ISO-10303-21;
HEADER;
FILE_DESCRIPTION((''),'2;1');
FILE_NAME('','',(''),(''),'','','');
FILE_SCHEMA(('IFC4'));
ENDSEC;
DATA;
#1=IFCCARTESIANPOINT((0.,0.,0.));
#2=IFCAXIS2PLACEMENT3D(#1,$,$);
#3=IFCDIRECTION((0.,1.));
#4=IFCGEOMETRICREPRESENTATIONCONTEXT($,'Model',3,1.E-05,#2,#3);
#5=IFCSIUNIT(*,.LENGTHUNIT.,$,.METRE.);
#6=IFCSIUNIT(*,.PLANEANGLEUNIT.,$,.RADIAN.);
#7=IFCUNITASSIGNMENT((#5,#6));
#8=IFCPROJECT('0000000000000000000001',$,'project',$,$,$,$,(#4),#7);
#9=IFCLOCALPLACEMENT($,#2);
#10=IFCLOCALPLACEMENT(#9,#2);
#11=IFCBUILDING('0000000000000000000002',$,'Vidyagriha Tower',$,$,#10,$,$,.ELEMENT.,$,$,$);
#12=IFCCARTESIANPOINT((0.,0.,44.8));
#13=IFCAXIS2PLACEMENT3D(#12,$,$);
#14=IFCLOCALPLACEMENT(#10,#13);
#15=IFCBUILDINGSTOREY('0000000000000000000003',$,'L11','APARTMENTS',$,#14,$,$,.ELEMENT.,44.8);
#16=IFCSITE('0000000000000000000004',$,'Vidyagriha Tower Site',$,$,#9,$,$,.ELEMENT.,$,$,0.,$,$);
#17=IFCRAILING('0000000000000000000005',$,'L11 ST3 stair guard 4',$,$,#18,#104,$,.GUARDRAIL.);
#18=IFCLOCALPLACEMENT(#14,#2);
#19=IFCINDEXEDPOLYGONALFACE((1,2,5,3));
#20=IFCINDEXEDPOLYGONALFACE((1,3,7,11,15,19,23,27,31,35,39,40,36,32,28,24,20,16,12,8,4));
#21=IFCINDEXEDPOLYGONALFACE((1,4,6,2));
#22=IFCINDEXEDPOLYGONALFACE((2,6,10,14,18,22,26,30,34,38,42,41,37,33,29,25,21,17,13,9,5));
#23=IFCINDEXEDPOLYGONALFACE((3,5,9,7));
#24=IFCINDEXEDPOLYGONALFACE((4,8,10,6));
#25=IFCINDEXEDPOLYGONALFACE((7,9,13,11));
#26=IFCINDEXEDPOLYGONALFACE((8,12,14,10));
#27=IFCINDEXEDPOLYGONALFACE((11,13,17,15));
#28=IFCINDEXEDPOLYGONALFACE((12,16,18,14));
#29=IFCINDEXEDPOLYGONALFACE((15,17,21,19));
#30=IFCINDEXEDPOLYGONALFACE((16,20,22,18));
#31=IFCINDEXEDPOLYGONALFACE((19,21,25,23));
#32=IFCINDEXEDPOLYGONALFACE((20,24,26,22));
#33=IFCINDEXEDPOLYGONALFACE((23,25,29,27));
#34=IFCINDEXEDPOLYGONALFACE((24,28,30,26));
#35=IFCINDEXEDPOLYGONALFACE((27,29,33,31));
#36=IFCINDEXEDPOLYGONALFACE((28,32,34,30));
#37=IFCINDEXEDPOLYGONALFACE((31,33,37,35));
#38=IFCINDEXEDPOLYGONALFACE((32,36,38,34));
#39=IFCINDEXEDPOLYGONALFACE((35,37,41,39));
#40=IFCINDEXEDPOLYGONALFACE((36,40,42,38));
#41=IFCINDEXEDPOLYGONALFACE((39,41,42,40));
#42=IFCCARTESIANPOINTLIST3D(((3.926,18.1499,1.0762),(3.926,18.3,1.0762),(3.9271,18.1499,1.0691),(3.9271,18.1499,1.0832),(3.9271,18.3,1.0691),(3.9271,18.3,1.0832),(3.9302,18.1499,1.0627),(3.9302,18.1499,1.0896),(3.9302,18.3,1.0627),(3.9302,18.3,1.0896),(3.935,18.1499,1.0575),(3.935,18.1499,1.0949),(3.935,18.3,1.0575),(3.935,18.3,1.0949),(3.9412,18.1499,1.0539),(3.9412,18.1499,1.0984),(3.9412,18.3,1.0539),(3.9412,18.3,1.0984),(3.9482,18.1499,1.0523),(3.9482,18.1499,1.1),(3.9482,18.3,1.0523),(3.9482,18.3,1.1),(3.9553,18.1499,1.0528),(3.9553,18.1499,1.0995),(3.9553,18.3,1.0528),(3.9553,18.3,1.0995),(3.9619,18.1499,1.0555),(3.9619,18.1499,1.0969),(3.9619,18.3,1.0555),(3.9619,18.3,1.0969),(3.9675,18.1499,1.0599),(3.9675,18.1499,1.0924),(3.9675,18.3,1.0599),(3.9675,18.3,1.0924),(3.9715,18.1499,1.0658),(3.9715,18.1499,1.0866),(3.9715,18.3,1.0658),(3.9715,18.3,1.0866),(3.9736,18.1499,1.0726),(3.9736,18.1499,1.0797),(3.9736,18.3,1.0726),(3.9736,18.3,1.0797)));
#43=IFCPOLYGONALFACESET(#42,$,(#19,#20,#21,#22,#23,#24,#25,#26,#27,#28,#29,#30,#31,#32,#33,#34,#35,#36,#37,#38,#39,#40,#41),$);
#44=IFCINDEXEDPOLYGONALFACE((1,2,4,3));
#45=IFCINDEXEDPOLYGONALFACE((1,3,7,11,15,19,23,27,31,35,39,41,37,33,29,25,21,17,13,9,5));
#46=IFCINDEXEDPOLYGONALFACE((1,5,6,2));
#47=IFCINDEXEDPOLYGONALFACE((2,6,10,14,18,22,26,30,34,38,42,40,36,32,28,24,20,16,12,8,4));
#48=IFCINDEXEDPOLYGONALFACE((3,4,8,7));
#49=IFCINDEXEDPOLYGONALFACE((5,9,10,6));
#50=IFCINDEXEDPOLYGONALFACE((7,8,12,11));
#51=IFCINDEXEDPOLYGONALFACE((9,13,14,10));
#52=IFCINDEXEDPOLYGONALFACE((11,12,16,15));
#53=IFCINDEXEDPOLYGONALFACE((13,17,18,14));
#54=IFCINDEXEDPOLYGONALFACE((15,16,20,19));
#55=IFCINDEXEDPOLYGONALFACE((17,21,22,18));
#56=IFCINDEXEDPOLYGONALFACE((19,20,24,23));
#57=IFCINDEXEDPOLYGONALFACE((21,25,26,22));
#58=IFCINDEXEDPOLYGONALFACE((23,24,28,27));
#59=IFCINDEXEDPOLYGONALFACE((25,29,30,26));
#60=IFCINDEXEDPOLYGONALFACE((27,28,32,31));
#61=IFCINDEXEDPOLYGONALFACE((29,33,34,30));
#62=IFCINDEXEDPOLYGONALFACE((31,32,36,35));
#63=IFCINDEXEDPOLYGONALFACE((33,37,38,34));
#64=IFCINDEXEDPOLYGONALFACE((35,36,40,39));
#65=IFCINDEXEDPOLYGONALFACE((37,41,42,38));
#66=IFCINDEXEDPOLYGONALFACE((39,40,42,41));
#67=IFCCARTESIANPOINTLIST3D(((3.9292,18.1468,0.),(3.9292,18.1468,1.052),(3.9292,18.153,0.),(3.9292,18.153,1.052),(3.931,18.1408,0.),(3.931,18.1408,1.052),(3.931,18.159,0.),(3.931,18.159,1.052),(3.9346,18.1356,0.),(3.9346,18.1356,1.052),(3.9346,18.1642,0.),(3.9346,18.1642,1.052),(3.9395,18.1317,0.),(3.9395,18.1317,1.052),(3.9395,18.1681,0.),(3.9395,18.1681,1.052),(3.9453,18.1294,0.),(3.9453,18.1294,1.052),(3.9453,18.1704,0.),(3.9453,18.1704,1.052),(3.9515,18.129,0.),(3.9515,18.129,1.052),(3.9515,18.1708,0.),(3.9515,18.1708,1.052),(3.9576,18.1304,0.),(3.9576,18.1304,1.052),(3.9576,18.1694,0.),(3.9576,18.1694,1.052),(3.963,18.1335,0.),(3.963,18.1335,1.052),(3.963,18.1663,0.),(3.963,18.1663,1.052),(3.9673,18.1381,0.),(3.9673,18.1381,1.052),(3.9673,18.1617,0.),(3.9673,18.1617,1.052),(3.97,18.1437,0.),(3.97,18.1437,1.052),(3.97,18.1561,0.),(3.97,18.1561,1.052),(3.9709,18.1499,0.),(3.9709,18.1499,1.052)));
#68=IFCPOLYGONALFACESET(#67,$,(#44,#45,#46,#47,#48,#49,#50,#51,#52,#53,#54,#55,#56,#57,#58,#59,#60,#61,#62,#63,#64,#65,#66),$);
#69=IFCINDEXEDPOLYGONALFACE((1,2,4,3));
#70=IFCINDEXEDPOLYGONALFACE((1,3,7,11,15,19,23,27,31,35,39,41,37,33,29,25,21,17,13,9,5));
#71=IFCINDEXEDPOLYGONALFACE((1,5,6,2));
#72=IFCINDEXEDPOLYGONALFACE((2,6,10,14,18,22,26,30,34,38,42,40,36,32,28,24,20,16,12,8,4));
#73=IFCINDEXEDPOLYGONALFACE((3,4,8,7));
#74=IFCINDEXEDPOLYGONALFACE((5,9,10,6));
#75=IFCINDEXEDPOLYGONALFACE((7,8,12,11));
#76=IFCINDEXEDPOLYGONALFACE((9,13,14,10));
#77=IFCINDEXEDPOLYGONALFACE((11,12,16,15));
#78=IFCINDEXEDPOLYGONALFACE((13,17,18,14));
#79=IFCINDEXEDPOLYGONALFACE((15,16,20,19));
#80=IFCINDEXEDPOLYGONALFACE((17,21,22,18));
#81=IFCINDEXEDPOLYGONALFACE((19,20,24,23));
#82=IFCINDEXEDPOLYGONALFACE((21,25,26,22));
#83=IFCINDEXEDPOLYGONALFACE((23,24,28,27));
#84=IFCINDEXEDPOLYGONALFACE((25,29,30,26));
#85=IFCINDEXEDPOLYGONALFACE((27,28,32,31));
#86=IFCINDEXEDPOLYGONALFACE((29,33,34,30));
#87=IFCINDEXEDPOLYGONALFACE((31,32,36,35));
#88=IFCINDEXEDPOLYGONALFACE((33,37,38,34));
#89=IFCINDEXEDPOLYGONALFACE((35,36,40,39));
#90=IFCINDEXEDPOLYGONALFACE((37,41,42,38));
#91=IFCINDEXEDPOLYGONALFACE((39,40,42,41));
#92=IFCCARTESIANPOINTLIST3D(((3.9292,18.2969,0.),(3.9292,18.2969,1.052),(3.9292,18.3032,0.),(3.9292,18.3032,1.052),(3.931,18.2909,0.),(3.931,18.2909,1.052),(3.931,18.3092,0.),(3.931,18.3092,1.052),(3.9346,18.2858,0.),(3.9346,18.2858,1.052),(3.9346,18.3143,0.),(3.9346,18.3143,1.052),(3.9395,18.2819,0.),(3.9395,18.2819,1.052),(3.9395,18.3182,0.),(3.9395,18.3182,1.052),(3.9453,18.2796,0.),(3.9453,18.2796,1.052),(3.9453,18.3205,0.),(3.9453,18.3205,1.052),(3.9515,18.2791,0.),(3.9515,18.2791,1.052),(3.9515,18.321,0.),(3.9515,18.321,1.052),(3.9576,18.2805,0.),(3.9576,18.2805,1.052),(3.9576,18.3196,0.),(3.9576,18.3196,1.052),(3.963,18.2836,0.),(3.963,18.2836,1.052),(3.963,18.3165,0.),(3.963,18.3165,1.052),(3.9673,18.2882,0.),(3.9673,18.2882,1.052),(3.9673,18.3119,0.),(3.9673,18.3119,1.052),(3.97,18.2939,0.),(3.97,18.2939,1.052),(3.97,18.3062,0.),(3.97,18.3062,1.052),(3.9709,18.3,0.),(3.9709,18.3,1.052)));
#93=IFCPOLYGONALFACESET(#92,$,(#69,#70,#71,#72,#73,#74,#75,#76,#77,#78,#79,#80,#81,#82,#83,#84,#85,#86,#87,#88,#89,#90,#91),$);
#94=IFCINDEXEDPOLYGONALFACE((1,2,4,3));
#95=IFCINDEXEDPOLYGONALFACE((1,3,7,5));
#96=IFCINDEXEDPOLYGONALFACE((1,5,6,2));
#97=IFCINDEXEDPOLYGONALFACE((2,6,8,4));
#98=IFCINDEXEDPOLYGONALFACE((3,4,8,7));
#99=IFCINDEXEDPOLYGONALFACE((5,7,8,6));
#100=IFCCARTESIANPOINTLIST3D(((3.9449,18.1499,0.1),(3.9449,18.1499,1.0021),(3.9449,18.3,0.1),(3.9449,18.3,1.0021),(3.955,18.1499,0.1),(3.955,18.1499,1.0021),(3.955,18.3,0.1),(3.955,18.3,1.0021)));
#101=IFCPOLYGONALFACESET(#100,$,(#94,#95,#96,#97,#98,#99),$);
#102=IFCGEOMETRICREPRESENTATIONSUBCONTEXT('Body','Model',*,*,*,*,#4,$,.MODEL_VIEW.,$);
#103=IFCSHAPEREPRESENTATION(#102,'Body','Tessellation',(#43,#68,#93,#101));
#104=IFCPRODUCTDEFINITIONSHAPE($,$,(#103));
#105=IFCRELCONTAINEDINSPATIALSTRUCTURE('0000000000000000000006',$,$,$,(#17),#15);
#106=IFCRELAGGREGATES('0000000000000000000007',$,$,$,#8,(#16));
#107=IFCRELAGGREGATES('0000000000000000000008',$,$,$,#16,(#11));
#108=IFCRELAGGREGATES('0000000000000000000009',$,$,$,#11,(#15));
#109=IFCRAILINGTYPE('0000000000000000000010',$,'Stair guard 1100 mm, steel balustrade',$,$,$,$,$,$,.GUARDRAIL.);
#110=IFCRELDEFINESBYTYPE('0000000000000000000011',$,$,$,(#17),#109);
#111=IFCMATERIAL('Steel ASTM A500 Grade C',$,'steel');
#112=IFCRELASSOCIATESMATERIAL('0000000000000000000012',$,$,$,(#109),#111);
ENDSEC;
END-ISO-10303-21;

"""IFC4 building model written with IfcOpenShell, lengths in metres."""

from ifc_helpers import new_model, si_unit, direction, frame, origin, origin_2d, place, context, subcontext, project, spatial, rectangle, circle, extrude, material, type_object, element, save


model = new_model("IFC4")

# Units and contexts
model_context = context("Model", 3, precision=1e-05, world=origin(), true_north=direction((0.0, 1.0)))
body_context = subcontext(model_context, "Body", "Model", "MODEL_VIEW")
ifc_project = project(units=[si_unit("LENGTHUNIT", "METRE"), si_unit("PLANEANGLEUNIT", "RADIAN")], contexts=[model_context])

# Site, building, storey
site_placement = place(None, origin())
site = spatial("IfcSite", under=ifc_project, at=site_placement, Name="Vidyagriha Tower Site", CompositionType="ELEMENT", RefElevation=0.0)
building_placement = place(site_placement, origin())
building = spatial("IfcBuilding", under=site, at=building_placement, Name="Vidyagriha Tower", CompositionType="ELEMENT")
storey_placement = place(building_placement, frame((0.0, 0.0, 44.8)))
storey = spatial("IfcBuildingStorey", under=building, at=storey_placement, Name="L11", Description="APARTMENTS", CompositionType="ELEMENT", Elevation=44.8)

# Railing
ifc_material_1 = material(Name="Steel ASTM A500 Grade C", Category="steel")
railing_type_1 = type_object("IfcRailingType", Name="Stair guard 1100 mm, steel balustrade", PredefinedType="GUARDRAIL", material=ifc_material_1)
railing_1_placement = place(storey_placement, frame((3.95, 18.1499, 0.0)))
element("IfcRailing", 1, at=railing_1_placement, inside=storey, type_object=railing_type_1, Name="L11 ST3 stair guard 4", PredefinedType="GUARDRAIL", context=body_context, shape_type="SweptSolid", body=[
    extrude(circle(Radius=0.0239, at=origin_2d()), frame((0.0, 0.0, 1.0762), z_axis=(0.0, 1.0, 0.0), x_axis=(-1.0, 0.0, 0.0)), (0.0, 0.0, 1.0), 0.1501),
    extrude(circle(Radius=0.021, at=origin_2d()), origin(), (0.0, 0.0, 1.0), 1.052),
    extrude(circle(Radius=0.021, at=origin_2d()), frame((0.0, 0.1501, 0.0)), (0.0, 0.0, 1.0), 1.052),
    extrude(rectangle(XDim=0.01, YDim=0.9021, at=origin_2d()), frame((0.0, 0.0, 0.551), z_axis=(0.0, 1.0, 0.0), x_axis=(-1.0, 0.0, 0.0)), (0.0, 0.0, 1.0), 0.1501),
])

save(model, "model.ifc")
